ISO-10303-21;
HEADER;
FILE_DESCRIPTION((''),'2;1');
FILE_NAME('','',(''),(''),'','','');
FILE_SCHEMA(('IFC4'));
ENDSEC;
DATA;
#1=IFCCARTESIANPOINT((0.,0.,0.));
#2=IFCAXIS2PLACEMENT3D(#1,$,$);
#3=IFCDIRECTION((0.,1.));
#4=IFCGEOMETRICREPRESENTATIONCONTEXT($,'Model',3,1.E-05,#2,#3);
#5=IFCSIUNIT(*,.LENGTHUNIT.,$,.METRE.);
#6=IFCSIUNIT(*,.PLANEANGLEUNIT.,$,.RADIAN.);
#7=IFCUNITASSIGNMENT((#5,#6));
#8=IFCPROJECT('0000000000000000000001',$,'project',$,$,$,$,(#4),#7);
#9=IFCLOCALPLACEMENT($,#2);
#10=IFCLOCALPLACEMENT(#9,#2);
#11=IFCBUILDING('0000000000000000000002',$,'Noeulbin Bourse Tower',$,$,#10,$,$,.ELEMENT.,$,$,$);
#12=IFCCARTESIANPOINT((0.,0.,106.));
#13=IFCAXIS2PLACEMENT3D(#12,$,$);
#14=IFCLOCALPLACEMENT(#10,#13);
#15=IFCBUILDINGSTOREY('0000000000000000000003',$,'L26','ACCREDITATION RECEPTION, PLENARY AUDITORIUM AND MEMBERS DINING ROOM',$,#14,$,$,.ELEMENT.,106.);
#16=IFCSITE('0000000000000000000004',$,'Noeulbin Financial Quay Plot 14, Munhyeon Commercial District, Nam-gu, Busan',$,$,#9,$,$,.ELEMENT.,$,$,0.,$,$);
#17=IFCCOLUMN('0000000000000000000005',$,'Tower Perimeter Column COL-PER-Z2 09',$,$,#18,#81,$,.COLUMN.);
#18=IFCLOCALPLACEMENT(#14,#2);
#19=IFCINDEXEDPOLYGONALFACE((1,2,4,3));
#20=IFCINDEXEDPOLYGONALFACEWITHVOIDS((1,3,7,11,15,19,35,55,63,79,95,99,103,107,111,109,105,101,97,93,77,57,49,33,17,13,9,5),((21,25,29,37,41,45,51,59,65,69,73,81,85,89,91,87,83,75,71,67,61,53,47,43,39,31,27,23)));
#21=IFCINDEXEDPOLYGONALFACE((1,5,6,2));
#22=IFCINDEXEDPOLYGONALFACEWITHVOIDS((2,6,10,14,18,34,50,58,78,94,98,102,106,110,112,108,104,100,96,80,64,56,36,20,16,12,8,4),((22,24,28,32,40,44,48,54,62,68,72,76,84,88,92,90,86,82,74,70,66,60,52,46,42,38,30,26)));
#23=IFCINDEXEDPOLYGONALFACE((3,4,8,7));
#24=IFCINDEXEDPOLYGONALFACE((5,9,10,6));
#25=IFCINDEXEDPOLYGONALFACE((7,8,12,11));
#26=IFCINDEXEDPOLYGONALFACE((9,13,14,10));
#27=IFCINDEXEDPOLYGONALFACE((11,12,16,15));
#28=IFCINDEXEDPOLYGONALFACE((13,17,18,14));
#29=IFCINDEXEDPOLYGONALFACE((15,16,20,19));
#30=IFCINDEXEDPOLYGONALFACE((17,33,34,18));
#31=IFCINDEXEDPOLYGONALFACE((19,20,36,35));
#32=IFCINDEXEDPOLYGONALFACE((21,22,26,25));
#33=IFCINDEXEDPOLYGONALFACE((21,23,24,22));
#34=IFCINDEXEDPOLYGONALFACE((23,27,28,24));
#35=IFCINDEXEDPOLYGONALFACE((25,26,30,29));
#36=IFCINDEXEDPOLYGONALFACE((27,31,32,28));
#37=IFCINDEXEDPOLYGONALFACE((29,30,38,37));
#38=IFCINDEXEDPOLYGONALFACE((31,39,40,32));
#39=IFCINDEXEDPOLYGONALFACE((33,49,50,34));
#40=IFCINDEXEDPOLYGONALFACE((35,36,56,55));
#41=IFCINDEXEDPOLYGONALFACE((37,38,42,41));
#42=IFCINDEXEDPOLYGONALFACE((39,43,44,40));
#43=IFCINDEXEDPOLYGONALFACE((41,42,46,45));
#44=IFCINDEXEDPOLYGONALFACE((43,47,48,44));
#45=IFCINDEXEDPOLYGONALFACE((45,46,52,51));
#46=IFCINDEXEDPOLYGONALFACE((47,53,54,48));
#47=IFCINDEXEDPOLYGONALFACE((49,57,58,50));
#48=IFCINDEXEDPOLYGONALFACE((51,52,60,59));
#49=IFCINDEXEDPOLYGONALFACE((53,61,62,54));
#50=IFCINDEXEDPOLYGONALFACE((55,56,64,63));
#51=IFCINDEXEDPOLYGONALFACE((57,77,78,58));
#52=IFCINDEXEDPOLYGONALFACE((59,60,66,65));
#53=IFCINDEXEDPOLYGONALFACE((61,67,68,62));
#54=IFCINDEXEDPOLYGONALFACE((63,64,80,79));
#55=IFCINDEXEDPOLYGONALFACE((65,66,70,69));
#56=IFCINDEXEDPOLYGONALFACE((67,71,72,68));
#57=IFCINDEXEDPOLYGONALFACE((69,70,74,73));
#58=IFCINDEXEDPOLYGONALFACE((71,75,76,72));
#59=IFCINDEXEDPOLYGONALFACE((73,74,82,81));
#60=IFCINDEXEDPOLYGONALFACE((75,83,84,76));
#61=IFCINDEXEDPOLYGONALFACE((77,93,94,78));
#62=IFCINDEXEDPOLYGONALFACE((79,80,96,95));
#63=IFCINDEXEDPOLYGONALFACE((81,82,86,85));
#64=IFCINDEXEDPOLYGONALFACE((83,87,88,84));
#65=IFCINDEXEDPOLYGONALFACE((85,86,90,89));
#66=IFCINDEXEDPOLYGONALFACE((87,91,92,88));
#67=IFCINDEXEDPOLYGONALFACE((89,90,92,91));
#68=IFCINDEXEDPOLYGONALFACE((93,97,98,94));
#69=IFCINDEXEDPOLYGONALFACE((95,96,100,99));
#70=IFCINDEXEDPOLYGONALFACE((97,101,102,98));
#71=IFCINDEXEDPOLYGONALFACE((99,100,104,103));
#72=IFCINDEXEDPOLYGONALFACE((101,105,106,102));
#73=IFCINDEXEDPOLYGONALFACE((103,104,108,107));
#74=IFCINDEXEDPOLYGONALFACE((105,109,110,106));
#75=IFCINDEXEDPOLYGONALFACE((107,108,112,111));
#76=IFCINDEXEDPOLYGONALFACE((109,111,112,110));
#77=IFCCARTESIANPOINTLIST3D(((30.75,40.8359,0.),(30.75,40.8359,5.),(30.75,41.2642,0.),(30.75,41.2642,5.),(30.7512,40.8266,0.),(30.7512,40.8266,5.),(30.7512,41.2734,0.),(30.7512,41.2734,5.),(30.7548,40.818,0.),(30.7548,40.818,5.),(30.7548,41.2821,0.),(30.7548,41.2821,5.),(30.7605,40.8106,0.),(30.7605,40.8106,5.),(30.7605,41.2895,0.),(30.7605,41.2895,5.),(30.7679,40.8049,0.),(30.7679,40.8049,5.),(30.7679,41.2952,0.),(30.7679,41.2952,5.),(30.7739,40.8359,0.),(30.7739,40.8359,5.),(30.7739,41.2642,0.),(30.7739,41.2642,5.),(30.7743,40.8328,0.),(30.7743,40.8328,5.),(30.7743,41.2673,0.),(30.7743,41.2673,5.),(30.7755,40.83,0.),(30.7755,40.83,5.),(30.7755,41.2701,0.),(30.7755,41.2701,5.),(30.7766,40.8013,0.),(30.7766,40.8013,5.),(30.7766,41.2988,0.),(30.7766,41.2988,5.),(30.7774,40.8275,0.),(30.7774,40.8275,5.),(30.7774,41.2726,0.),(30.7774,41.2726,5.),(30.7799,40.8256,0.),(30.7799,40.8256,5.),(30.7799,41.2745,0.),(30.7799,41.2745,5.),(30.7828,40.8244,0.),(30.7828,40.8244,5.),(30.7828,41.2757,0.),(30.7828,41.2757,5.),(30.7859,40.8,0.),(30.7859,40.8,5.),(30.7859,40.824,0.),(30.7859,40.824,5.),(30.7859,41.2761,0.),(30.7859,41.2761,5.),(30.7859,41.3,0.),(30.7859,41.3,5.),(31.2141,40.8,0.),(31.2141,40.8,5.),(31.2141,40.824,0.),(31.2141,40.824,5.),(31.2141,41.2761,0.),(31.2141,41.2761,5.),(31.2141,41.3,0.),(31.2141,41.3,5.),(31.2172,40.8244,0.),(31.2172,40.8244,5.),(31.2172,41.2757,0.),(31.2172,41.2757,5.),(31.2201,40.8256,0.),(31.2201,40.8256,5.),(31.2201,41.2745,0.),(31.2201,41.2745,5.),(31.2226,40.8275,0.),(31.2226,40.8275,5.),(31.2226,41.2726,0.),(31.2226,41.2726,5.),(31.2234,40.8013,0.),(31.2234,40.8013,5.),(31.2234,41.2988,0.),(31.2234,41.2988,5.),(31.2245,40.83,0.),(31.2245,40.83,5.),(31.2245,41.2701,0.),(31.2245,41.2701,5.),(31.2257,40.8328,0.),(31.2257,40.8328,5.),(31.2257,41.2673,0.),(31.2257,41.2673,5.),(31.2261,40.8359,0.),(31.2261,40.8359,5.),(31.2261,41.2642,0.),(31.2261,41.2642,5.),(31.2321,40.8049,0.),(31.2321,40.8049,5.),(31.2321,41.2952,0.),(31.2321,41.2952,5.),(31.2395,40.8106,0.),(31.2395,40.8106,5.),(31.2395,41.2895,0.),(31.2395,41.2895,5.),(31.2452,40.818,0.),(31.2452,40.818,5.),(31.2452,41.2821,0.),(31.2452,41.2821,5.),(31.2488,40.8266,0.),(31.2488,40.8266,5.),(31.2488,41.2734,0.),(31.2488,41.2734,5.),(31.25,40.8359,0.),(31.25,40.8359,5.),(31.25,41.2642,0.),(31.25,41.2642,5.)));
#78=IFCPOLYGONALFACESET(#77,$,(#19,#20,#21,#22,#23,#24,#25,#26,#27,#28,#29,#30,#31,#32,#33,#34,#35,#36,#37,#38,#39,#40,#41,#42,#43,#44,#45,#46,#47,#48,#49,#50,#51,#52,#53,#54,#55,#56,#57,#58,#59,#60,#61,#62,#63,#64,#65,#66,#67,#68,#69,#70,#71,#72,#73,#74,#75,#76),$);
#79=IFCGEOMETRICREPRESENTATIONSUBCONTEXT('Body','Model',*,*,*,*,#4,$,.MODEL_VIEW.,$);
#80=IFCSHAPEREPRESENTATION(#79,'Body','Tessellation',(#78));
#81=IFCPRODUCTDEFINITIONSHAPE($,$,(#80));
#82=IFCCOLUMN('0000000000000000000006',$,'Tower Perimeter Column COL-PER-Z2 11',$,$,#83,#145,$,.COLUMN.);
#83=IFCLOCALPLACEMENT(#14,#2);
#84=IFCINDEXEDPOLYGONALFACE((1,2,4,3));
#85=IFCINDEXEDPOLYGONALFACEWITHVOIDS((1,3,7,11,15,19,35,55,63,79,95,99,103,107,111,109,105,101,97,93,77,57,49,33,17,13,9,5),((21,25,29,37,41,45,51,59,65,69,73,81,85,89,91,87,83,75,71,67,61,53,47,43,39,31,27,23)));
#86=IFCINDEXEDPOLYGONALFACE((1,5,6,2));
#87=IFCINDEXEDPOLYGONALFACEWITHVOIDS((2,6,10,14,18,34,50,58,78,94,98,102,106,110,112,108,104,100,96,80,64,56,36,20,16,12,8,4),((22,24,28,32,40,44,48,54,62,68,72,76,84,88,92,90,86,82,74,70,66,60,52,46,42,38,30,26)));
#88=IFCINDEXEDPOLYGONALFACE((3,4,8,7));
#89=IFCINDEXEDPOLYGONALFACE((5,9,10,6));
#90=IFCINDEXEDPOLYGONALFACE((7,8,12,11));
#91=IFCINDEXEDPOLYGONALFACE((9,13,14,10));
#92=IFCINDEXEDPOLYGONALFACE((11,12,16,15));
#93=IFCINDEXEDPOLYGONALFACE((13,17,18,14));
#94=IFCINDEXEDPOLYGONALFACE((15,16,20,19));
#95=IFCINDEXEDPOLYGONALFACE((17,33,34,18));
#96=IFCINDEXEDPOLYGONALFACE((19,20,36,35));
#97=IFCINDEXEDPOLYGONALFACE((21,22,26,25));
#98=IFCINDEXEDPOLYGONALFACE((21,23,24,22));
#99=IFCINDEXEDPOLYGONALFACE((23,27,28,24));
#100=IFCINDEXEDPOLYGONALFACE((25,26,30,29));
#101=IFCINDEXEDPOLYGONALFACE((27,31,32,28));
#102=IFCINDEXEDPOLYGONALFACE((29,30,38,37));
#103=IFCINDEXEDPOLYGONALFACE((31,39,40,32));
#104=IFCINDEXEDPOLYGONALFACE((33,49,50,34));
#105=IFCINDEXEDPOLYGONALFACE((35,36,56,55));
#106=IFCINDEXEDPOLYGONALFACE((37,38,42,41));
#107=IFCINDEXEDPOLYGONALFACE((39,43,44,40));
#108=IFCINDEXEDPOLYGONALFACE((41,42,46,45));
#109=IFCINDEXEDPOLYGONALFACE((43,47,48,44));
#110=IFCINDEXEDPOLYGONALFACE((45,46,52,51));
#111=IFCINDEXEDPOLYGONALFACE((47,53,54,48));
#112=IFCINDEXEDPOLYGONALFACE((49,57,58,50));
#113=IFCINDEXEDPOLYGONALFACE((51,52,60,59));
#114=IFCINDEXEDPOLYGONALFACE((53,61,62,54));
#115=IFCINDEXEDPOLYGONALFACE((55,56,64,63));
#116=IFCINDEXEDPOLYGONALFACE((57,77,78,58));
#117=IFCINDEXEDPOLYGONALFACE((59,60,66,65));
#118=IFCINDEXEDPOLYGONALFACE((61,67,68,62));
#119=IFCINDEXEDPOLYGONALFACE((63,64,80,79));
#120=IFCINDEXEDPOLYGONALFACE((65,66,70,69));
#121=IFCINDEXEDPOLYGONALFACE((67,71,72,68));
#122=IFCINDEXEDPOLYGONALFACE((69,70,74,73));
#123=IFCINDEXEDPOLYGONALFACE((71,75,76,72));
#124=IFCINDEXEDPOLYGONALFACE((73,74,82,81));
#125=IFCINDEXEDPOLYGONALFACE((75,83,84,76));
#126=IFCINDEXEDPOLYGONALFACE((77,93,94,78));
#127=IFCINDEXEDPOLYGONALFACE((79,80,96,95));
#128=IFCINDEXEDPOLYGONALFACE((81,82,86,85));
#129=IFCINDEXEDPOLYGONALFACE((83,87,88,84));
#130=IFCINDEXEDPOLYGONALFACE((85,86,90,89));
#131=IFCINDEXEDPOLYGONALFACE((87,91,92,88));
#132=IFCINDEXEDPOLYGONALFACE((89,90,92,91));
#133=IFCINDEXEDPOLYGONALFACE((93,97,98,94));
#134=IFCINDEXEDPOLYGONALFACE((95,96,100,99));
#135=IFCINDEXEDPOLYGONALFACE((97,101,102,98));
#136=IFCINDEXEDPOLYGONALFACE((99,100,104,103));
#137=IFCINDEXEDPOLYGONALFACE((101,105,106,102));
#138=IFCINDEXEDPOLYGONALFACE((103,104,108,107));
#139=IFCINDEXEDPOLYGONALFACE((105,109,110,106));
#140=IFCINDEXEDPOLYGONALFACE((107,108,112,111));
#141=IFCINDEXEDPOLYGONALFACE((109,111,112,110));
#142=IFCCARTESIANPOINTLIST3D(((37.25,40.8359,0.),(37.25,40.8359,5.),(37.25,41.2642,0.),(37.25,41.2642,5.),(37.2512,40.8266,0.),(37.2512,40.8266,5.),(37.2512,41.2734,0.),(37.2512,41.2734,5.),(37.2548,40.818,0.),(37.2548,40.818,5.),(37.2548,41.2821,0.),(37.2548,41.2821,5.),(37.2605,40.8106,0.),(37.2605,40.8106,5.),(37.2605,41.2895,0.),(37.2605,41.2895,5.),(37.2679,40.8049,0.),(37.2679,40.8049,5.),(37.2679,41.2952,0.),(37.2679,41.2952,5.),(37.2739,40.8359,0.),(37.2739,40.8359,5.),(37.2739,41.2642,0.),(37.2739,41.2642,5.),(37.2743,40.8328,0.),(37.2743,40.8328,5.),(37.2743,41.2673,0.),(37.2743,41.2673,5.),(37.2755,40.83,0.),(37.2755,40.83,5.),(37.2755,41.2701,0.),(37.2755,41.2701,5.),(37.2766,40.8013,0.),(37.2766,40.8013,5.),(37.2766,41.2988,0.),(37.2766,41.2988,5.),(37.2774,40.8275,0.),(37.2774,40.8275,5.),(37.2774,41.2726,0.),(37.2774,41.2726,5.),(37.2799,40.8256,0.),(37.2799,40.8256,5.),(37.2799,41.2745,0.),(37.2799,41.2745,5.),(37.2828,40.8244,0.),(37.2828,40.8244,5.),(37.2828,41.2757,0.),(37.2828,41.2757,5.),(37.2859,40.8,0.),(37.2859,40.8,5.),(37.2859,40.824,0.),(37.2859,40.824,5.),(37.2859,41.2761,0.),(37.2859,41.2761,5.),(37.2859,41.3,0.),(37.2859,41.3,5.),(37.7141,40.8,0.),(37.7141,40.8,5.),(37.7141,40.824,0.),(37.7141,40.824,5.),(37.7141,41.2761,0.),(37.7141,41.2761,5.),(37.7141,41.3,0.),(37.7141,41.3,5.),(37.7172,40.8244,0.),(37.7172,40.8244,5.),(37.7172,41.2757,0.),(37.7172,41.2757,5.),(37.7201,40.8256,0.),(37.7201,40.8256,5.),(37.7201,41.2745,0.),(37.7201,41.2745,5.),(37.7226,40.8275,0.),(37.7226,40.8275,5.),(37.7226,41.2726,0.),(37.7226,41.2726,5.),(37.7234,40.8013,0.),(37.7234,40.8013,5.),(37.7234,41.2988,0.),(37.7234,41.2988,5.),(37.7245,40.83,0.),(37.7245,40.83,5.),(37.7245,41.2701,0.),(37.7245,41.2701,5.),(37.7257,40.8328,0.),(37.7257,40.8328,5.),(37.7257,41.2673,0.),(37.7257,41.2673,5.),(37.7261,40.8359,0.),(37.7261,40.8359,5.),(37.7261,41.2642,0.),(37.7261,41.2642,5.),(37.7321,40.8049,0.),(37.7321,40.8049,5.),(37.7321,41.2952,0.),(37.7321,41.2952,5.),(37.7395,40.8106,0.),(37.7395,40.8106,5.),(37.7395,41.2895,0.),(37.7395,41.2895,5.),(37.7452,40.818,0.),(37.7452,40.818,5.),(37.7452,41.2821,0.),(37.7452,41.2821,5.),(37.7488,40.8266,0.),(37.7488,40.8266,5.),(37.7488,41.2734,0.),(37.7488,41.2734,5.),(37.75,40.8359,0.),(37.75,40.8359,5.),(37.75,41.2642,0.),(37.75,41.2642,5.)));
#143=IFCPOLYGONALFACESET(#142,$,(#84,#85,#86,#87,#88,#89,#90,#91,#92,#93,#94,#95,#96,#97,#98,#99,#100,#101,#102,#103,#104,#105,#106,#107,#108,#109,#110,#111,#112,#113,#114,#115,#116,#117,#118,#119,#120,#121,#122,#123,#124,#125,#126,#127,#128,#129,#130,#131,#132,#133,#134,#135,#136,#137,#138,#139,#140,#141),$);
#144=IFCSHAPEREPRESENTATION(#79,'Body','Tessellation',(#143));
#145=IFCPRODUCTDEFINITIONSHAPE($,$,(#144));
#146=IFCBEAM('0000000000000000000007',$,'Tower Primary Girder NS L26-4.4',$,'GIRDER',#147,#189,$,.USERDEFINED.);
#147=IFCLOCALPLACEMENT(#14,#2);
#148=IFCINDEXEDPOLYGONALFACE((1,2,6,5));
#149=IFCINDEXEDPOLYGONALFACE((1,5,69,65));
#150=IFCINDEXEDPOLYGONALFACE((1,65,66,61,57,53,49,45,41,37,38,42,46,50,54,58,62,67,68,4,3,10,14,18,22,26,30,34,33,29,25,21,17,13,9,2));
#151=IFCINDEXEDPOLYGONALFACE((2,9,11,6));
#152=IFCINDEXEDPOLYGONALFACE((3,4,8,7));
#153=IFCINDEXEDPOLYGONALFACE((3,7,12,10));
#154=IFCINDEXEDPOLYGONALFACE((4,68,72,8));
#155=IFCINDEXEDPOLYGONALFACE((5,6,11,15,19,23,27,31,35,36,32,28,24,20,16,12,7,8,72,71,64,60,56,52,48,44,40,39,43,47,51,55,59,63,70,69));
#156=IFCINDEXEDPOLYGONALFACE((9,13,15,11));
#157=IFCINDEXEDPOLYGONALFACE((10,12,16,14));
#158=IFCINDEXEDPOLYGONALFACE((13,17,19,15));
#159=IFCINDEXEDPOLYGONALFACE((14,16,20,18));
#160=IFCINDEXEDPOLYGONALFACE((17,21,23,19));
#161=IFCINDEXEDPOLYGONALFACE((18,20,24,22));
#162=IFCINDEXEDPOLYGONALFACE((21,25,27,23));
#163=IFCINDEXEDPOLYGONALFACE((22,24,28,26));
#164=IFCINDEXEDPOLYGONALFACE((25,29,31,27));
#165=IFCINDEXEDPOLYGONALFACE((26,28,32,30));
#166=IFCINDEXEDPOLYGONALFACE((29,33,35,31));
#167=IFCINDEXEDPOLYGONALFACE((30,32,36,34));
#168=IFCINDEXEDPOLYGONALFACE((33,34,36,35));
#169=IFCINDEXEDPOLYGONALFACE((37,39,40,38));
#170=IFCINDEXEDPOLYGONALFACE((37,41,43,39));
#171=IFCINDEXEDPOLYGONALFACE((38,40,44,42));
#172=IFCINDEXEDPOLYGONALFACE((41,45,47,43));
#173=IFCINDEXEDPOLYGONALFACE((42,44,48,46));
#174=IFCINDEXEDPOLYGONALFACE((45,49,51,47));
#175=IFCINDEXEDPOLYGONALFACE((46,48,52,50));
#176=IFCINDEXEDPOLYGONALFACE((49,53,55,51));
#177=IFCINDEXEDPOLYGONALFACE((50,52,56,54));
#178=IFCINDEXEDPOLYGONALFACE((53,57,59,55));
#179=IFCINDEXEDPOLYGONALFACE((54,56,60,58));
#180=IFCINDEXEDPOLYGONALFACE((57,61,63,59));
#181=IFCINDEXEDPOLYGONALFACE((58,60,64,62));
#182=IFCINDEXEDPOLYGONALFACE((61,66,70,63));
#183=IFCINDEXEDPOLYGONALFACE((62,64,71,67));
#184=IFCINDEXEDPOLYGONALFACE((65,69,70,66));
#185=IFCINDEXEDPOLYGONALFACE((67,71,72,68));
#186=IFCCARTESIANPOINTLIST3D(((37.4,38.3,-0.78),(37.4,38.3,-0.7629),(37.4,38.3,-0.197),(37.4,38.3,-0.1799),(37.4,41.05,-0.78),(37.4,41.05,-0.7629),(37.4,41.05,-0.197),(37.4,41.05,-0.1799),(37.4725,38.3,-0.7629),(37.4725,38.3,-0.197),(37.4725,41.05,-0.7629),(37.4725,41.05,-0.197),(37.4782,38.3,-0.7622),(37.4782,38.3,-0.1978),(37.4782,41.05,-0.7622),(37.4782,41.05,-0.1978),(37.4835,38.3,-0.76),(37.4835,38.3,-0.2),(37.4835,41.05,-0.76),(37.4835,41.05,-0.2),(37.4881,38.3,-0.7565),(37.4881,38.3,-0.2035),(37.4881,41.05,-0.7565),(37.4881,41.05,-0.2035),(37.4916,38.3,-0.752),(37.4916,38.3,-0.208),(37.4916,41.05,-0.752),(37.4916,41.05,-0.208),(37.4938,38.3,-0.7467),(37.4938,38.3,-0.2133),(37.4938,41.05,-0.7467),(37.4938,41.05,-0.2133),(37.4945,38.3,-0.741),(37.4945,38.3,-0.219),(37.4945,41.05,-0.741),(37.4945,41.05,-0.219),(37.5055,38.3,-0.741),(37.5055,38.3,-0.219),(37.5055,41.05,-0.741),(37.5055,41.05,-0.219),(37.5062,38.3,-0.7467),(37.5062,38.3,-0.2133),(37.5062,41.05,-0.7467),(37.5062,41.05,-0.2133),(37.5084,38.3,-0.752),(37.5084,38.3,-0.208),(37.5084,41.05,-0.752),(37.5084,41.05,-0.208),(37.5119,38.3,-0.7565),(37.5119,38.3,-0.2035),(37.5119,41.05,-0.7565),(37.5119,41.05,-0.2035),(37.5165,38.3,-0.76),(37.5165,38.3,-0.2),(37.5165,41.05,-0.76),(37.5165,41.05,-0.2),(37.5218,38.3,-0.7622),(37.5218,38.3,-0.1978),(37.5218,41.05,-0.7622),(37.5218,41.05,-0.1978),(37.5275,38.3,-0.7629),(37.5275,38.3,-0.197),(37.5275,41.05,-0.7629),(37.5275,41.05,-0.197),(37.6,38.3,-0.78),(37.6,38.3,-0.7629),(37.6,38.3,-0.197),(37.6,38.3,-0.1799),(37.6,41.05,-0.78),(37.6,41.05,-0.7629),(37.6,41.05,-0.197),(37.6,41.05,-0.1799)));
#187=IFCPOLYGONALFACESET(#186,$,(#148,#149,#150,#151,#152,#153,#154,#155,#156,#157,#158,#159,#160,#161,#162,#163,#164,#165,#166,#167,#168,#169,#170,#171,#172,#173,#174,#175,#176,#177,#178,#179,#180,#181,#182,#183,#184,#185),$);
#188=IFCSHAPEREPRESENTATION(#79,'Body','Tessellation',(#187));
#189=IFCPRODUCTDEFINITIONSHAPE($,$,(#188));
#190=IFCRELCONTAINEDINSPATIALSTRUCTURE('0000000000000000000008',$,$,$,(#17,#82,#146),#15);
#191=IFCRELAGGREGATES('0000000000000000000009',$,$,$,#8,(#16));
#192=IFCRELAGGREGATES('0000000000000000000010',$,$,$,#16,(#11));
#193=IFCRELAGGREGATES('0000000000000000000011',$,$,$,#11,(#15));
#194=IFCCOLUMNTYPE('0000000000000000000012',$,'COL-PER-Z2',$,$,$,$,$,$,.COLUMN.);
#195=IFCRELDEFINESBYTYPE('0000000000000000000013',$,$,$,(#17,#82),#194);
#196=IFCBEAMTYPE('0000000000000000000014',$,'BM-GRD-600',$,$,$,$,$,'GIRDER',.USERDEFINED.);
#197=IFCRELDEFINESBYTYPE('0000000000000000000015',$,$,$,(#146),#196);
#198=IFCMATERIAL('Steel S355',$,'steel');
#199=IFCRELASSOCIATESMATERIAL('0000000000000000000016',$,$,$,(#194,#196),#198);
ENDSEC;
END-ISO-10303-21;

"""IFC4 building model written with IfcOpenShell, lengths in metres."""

from ifc_helpers import new_model, si_unit, direction, frame, origin, origin_2d, place, context, subcontext, project, spatial, hollow_rectangle, i_section, extrude, material, material_profile, profile_set, type_object, element, save


model = new_model("IFC4")

# Units and contexts
model_context = context("Model", 3, precision=1e-05, world=origin(), true_north=direction((0.0, 1.0)))
body_context = subcontext(model_context, "Body", "Model", "MODEL_VIEW")
ifc_project = project(units=[si_unit("LENGTHUNIT", "METRE"), si_unit("PLANEANGLEUNIT", "RADIAN")], contexts=[model_context])

# Site, building, storey
site_placement = place(None, origin())
site = spatial("IfcSite", under=ifc_project, at=site_placement, Name="Noeulbin Financial Quay Plot 14, Munhyeon Commercial District, Nam-gu, Busan", CompositionType="ELEMENT", RefElevation=0.0)
building_placement = place(site_placement, origin())
building = spatial("IfcBuilding", under=site, at=building_placement, Name="Noeulbin Bourse Tower", CompositionType="ELEMENT")
storey_placement = place(building_placement, frame((0.0, 0.0, 106.0)))
storey = spatial("IfcBuildingStorey", under=building, at=storey_placement, Name="L26", Description="ACCREDITATION RECEPTION, PLENARY AUDITORIUM AND MEMBERS DINING ROOM", CompositionType="ELEMENT", Elevation=106.0)

# Columns
ifc_material_1 = material(Name="Steel S355", Category="steel")
ifc_material_profile_1 = material_profile(ifc_material_1, hollow_rectangle(XDim=0.5, YDim=0.5, WallThickness=0.0239, InnerFilletRadius=0.012, OuterFilletRadius=0.0359, at=origin_2d()), Name="BOX-500x500x24", Category="LoadBearing")
ifc_profile_set_1 = profile_set([ifc_material_profile_1], Name="Steel S355")
column_type = type_object("IfcColumnType", Name="COL-PER-Z2", PredefinedType="COLUMN", material=ifc_profile_set_1)
for number, where, z_axis, x_axis, name in (
    (1, (31.0, 41.05, 0.0), (0.0, 0.0, 1.0), (1.0, 0.0, 0.0), "Tower Perimeter Column COL-PER-Z2 09"),
    (2, (37.5, 41.05, 0.0), (0.0, 0.0, 1.0), (1.0, 0.0, 0.0), "Tower Perimeter Column COL-PER-Z2 11"),
):
    element("IfcColumn", number, at=place(storey_placement, frame(where, z_axis=z_axis, x_axis=x_axis)), inside=storey, type_object=column_type, Name=name, PredefinedType="COLUMN", context=body_context, shape_type="SweptSolid", body=[
        extrude(hollow_rectangle(XDim=0.5, YDim=0.5, WallThickness=0.0239, InnerFilletRadius=0.012, OuterFilletRadius=0.0359, at=origin_2d()), origin(), (0.0, 0.0, 1.0), 5.0),
    ])

# Beam
ifc_material_profile_2 = material_profile(ifc_material_1, i_section(OverallWidth=0.2, OverallDepth=0.6001, WebThickness=0.011, FlangeThickness=0.0171, FilletRadius=0.022, at=origin_2d()), Name="H-600x200x11x17", Category="LoadBearing")
ifc_profile_set_2 = profile_set([ifc_material_profile_2], Name="Steel S355")
beam_type_1 = type_object("IfcBeamType", Name="BM-GRD-600", ElementType="GIRDER", PredefinedType="USERDEFINED", material=ifc_profile_set_2)
beam_placement = place(storey_placement, frame((37.5, 38.3, -0.48), z_axis=(0.0, 1.0, 0.0), x_axis=(-1.0, 0.0, 0.0)))
element("IfcBeam", 3, at=beam_placement, inside=storey, type_object=beam_type_1, Name="Tower Primary Girder NS L26-4.4", ObjectType="GIRDER", PredefinedType="USERDEFINED", context=body_context, shape_type="SweptSolid", body=[
    extrude(i_section(OverallWidth=0.2, OverallDepth=0.6001, WebThickness=0.011, FlangeThickness=0.0171, FilletRadius=0.022, at=origin_2d()), origin(), (0.0, 0.0, 1.0), 2.75),
])

save(model, "model.ifc")
